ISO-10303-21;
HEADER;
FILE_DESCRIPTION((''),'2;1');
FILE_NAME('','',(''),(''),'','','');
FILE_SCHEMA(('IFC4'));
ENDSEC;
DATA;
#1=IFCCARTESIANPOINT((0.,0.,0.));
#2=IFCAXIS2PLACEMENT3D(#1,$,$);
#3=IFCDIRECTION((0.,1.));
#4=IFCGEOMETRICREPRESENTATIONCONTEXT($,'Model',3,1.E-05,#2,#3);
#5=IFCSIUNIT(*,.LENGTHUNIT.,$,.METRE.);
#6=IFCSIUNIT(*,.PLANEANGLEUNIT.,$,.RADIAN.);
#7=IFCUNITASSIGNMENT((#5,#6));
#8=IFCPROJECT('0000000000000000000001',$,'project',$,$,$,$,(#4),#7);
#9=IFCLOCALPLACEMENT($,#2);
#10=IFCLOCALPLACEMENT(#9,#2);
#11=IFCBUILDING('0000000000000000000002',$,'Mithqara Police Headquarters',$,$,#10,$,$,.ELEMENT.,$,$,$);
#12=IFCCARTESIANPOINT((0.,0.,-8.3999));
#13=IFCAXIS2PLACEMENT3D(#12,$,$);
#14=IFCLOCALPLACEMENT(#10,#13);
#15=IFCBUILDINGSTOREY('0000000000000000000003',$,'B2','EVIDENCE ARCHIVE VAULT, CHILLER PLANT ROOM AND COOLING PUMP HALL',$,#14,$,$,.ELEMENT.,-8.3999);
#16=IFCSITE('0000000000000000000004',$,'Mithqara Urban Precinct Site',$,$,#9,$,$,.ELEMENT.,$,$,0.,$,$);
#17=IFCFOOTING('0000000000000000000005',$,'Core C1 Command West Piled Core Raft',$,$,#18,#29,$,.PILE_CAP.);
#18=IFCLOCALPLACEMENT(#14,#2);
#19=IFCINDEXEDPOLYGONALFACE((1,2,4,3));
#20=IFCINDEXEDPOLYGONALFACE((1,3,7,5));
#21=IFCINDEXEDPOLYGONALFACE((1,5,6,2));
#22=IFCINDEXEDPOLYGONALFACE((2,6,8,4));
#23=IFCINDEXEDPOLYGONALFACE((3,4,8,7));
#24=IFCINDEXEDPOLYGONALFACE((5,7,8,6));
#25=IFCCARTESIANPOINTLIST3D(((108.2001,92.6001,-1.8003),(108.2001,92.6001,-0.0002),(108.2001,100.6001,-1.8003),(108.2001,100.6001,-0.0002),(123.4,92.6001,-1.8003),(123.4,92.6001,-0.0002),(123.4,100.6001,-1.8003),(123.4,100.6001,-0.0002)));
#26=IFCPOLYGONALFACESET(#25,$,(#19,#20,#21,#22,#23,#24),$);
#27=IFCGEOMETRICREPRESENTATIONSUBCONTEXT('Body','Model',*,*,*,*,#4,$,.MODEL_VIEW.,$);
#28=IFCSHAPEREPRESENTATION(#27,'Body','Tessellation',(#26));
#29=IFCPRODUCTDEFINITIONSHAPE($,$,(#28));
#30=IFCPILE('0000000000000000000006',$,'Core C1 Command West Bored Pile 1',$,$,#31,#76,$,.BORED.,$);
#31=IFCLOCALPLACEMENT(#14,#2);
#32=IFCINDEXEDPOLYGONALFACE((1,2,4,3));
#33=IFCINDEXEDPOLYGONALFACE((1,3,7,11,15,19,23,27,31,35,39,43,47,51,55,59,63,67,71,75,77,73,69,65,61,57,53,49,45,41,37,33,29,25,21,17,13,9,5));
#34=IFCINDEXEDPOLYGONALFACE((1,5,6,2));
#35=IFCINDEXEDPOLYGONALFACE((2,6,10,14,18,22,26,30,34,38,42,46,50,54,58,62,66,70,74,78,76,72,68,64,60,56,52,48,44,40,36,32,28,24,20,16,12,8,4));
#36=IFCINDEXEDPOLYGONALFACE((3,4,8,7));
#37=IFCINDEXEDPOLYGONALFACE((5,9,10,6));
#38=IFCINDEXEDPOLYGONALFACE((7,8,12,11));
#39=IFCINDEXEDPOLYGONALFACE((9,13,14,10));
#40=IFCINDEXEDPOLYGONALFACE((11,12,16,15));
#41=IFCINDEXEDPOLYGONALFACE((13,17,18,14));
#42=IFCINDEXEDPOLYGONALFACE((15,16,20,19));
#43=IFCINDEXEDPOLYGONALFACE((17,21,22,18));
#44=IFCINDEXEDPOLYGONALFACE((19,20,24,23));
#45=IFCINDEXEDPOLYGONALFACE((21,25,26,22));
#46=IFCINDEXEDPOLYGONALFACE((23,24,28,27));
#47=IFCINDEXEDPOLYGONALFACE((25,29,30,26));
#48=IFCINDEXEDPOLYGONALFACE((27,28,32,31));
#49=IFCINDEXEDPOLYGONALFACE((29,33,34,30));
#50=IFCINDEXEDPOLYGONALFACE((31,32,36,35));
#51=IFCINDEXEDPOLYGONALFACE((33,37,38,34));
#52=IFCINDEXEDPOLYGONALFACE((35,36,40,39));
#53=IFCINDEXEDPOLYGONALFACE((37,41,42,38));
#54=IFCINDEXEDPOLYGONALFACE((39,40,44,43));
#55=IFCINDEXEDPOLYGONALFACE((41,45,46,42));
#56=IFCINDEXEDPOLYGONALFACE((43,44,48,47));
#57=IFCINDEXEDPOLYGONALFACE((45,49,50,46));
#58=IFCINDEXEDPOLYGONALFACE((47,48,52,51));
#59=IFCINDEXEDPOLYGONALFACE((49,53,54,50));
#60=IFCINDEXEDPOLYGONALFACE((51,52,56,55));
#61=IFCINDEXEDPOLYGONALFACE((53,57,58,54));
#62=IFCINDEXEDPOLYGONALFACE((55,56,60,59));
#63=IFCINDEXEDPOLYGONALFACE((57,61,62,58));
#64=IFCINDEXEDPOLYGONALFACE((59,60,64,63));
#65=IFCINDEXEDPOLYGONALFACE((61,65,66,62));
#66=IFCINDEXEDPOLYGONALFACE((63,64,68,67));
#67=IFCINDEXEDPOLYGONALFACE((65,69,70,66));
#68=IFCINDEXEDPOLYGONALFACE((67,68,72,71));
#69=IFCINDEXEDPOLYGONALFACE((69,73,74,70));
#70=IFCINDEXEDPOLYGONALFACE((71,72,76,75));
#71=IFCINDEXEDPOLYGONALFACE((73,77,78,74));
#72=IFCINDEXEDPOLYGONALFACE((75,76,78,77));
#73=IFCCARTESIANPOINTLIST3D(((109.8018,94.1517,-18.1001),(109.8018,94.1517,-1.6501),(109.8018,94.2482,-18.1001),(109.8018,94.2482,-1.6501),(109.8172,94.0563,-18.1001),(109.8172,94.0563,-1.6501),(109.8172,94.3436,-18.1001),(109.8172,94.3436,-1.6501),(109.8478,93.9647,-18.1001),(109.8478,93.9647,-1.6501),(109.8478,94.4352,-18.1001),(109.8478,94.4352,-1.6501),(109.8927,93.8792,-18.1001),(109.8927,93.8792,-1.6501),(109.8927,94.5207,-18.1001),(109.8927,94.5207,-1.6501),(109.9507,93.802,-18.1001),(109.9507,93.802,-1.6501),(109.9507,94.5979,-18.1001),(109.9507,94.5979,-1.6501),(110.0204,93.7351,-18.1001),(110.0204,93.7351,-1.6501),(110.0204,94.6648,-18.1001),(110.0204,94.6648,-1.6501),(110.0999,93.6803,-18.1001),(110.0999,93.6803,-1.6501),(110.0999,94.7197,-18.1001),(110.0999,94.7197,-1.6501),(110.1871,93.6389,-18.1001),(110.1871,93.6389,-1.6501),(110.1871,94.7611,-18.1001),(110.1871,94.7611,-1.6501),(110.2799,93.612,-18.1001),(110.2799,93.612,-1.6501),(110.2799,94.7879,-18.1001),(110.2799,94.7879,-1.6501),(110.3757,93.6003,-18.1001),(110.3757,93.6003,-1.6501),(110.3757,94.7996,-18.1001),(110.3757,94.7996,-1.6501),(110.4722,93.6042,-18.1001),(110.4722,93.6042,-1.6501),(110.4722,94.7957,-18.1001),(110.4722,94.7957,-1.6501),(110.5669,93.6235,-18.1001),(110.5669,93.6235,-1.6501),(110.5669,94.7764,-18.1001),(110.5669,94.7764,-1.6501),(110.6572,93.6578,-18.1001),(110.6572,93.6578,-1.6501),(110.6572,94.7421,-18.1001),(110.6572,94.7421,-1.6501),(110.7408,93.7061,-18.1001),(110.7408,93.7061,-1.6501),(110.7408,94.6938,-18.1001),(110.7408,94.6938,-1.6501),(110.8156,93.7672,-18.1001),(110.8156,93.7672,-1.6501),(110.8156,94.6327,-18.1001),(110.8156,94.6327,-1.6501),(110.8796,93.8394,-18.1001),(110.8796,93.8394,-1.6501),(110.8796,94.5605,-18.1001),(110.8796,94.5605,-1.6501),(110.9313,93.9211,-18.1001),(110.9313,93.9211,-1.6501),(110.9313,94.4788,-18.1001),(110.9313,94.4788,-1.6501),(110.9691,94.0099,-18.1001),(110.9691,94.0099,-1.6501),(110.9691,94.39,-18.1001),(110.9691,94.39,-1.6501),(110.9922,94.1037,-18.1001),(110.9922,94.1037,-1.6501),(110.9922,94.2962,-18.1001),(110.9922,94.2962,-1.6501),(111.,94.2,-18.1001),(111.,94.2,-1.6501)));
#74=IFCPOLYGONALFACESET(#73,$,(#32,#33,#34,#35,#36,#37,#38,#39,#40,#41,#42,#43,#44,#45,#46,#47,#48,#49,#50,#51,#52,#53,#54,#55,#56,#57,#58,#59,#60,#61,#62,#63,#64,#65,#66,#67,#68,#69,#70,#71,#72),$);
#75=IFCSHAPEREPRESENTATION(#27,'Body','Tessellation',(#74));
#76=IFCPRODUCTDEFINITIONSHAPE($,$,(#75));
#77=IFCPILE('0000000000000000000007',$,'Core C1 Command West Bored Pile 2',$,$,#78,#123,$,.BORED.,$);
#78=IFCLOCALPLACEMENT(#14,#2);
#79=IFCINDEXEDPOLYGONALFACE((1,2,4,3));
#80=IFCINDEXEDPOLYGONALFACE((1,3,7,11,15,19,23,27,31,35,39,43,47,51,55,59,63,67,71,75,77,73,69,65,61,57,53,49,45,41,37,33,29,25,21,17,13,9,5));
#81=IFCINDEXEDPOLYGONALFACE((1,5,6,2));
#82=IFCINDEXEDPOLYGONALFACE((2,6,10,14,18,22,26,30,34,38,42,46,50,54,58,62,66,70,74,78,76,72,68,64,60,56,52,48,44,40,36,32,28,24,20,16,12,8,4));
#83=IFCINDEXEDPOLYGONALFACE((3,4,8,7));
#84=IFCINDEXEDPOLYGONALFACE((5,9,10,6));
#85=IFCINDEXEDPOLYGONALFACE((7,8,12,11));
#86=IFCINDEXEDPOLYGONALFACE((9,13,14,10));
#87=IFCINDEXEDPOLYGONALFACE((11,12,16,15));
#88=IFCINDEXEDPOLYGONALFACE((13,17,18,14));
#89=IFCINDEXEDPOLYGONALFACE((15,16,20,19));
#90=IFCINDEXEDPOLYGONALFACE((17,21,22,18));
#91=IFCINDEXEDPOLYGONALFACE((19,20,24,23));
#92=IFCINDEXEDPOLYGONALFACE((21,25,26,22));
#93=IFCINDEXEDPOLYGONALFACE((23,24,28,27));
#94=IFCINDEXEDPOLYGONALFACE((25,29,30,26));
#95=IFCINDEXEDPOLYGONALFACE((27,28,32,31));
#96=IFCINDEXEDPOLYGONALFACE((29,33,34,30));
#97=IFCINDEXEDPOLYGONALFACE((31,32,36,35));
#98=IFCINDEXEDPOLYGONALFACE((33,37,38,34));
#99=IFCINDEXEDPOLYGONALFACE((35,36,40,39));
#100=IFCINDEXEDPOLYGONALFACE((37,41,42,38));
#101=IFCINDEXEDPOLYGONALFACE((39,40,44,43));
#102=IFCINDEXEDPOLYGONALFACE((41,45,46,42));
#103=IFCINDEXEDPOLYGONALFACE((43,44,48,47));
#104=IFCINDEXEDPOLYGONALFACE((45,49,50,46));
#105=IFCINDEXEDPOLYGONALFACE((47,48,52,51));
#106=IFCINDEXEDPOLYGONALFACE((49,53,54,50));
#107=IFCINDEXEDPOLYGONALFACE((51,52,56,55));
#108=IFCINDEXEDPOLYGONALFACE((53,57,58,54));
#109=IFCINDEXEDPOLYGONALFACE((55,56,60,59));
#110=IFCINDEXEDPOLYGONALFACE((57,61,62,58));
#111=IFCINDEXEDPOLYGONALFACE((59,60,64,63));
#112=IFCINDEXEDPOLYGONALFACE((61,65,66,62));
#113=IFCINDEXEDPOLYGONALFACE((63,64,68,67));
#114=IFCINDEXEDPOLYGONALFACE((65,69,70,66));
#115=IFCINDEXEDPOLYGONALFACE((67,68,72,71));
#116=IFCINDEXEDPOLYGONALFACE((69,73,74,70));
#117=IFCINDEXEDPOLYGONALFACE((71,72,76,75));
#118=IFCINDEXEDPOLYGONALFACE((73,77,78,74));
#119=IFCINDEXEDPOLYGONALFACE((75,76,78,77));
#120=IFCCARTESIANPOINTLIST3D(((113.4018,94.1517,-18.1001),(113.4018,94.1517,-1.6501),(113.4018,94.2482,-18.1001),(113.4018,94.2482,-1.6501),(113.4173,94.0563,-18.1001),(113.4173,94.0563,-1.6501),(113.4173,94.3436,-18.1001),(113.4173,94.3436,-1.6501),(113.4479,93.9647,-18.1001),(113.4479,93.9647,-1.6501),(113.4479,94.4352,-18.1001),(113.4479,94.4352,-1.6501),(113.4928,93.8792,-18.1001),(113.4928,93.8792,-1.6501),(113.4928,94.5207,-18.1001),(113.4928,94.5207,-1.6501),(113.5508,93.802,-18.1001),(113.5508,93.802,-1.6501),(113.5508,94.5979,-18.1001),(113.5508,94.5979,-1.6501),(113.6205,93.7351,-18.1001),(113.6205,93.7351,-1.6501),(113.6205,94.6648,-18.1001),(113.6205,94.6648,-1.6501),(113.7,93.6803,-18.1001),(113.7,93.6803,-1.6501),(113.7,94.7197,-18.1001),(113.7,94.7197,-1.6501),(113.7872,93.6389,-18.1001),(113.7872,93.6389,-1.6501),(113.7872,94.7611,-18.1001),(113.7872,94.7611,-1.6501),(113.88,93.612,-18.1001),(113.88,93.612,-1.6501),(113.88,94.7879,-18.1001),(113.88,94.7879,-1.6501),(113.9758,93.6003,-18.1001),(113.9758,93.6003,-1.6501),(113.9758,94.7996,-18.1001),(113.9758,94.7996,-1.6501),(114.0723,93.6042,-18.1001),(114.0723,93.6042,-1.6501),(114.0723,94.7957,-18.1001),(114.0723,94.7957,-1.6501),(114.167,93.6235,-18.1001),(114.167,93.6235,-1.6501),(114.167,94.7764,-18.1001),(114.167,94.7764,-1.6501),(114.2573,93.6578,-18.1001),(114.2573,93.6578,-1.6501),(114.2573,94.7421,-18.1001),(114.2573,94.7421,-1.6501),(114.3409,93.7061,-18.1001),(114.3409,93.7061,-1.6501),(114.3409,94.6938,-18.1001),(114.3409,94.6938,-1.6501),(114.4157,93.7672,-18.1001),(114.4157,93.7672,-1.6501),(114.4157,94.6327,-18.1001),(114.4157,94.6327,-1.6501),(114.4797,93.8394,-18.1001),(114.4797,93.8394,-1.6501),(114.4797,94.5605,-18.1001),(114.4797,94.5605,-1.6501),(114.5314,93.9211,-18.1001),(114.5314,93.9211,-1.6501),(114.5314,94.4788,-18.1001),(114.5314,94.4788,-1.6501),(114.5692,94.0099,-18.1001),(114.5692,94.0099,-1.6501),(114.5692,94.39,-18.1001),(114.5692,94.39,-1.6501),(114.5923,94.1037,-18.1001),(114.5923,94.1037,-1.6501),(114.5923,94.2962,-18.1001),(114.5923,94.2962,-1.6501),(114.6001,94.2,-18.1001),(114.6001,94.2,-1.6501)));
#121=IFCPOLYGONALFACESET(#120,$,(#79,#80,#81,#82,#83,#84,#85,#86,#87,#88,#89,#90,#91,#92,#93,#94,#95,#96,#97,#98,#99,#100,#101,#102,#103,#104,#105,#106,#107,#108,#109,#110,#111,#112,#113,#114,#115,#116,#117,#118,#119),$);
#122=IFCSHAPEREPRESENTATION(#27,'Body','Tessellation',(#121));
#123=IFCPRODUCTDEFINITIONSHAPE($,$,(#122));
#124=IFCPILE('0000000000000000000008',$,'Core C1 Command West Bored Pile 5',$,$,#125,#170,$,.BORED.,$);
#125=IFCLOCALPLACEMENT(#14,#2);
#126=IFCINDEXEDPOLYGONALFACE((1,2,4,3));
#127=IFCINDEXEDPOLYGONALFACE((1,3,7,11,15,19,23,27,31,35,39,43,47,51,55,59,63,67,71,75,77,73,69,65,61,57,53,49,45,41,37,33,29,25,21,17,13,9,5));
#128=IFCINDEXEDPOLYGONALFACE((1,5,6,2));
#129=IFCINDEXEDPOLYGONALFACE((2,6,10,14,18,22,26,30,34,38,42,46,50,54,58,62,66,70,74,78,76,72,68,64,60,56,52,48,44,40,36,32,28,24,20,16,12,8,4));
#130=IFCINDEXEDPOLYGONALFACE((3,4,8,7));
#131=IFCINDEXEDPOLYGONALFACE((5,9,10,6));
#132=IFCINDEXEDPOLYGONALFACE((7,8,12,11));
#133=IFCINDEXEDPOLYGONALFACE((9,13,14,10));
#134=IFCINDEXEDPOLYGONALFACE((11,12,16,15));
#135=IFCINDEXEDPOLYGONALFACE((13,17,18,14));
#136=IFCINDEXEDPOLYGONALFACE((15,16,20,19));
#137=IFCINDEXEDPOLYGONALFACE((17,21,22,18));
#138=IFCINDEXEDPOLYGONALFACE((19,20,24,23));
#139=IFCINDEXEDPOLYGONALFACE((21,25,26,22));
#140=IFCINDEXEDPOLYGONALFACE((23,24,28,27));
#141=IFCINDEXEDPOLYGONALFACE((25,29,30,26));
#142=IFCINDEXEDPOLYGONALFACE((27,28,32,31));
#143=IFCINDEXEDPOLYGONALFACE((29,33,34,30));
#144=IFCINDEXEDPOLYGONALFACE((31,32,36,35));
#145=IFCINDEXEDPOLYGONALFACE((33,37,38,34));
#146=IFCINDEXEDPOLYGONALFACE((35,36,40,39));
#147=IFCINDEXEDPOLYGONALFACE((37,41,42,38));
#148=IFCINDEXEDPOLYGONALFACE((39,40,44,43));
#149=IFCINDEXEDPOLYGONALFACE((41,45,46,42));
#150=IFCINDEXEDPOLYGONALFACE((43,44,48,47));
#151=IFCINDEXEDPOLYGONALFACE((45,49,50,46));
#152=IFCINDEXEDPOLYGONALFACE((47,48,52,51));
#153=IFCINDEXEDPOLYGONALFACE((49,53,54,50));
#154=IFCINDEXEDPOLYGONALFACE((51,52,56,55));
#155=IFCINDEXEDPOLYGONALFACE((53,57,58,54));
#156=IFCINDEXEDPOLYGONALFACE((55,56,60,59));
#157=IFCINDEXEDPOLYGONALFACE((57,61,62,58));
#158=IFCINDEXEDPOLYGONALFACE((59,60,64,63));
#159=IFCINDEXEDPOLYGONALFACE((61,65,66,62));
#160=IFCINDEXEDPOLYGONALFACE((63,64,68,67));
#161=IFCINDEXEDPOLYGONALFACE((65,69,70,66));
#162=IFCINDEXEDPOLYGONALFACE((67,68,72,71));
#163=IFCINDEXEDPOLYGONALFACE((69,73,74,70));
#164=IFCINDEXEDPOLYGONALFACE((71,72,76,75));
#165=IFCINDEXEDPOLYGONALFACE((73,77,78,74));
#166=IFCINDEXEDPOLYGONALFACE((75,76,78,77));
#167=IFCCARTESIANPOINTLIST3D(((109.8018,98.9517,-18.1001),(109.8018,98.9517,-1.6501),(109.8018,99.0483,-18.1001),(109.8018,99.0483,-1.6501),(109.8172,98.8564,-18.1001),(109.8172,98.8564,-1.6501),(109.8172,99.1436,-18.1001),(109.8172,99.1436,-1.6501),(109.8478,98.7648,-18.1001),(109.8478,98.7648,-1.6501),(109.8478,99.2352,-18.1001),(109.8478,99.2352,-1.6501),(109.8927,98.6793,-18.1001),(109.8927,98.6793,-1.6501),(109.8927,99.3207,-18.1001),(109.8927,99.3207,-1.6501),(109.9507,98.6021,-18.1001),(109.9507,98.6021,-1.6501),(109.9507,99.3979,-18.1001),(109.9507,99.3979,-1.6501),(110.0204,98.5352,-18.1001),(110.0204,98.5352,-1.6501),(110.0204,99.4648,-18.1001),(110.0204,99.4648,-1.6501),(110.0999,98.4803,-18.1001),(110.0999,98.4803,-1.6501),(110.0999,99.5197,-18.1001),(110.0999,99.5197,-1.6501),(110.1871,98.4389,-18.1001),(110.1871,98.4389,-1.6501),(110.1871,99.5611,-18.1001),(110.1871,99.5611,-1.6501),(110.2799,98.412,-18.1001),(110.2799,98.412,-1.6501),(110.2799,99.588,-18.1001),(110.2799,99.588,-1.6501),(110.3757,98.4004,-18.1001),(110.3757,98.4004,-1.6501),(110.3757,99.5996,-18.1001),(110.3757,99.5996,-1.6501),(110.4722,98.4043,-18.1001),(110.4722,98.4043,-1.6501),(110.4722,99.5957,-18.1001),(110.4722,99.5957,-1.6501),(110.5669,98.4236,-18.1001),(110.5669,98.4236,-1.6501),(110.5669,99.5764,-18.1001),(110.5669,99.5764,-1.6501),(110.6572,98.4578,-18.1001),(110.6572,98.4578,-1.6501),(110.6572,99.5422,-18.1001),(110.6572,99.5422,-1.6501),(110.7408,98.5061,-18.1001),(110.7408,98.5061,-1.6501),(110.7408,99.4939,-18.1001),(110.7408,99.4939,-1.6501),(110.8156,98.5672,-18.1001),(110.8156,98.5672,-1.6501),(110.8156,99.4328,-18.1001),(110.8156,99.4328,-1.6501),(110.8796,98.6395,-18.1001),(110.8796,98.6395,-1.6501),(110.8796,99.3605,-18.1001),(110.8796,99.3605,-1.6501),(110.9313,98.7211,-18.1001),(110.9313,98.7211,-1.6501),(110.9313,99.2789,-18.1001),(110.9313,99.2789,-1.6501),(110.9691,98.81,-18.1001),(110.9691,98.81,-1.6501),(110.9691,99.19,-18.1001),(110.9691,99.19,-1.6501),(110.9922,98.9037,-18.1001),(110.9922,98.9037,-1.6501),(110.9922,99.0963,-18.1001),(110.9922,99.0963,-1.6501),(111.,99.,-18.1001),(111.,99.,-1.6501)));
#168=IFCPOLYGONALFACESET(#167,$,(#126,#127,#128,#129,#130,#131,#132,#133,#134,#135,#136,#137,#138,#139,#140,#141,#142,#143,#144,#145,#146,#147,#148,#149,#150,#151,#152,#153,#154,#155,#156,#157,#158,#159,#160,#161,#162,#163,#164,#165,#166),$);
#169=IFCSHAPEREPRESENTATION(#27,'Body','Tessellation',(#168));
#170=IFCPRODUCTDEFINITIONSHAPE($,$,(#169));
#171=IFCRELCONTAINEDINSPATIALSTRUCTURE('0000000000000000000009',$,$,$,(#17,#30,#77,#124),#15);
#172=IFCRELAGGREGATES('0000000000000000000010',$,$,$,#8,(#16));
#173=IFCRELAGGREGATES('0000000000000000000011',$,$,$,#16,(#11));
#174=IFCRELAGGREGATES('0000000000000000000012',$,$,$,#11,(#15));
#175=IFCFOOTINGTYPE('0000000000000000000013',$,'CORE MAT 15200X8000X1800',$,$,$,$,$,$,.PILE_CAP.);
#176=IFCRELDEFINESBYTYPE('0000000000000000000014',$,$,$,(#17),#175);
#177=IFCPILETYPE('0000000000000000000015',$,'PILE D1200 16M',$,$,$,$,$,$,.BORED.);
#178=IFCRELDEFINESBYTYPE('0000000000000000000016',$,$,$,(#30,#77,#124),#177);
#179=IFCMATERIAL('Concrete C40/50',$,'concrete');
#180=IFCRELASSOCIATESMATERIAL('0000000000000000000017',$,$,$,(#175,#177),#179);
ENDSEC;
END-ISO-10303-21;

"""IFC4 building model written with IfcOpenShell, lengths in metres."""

from ifc_helpers import new_model, si_unit, direction, frame, origin, origin_2d, place, context, subcontext, project, spatial, rectangle, circle, extrude, material, material_profile, profile_set, type_object, element, save


model = new_model("IFC4")

# Units and contexts
model_context = context("Model", 3, precision=1e-05, world=origin(), true_north=direction((0.0, 1.0)))
body_context = subcontext(model_context, "Body", "Model", "MODEL_VIEW")
ifc_project = project(units=[si_unit("LENGTHUNIT", "METRE"), si_unit("PLANEANGLEUNIT", "RADIAN")], contexts=[model_context])

# Site, building, storey
site_placement = place(None, origin())
site = spatial("IfcSite", under=ifc_project, at=site_placement, Name="Mithqara Urban Precinct Site", CompositionType="ELEMENT", RefElevation=0.0)
building_placement = place(site_placement, origin())
building = spatial("IfcBuilding", under=site, at=building_placement, Name="Mithqara Police Headquarters", CompositionType="ELEMENT")
storey_placement = place(building_placement, frame((0.0, 0.0, -8.3999)))
storey = spatial("IfcBuildingStorey", under=building, at=storey_placement, Name="B2", Description="EVIDENCE ARCHIVE VAULT, CHILLER PLANT ROOM AND COOLING PUMP HALL", CompositionType="ELEMENT", Elevation=-8.3999)

# Footing
ifc_material_1 = material(Name="Concrete C40/50", Category="concrete")
footing_type = type_object("IfcFootingType", Name="CORE MAT 15200X8000X1800", PredefinedType="PILE_CAP", material=ifc_material_1)
footing_placement = place(storey_placement, frame((115.8, 96.6001, -1.8003), z_axis=(0.0, 0.0, 1.0), x_axis=(1.0, 0.0, 0.0)))
element("IfcFooting", 1, at=footing_placement, inside=storey, type_object=footing_type, Name="Core C1 Command West Piled Core Raft", PredefinedType="PILE_CAP", context=body_context, shape_type="SweptSolid", body=[
    extrude(rectangle(XDim=15.2, YDim=8.0, at=origin_2d()), origin(), (0.0, 0.0, 1.0), 1.8),
])

# Piles
ifc_material_profile_1 = material_profile(ifc_material_1, circle(Radius=0.6001, at=origin_2d()), Name="PILE D1200")
ifc_profile_set_1 = profile_set([ifc_material_profile_1], Name="Concrete C40/50")
pile_type_1 = type_object("IfcPileType", Name="PILE D1200 16M", PredefinedType="BORED", material=ifc_profile_set_1)
for number, where, z_axis, x_axis, name in (
    (2, (110.3999, 94.2, -1.6501), (0.0, 0.0, -1.0), (1.0, 0.0, 0.0), "Core C1 Command West Bored Pile 1"),
    (3, (114.0, 94.2, -1.6501), (0.0, 0.0, -1.0), (1.0, 0.0, 0.0), "Core C1 Command West Bored Pile 2"),
    (4, (110.3999, 99.0, -1.6501), (0.0, 0.0, -1.0), (1.0, 0.0, 0.0), "Core C1 Command West Bored Pile 5"),
):
    element("IfcPile", number, at=place(storey_placement, frame(where, z_axis=z_axis, x_axis=x_axis)), inside=storey, type_object=pile_type_1, Name=name, PredefinedType="BORED", context=body_context, shape_type="SweptSolid", body=[
        extrude(circle(Radius=0.6001, at=origin_2d()), origin(), (0.0, 0.0, 1.0), 16.45),
    ])

save(model, "model.ifc")
